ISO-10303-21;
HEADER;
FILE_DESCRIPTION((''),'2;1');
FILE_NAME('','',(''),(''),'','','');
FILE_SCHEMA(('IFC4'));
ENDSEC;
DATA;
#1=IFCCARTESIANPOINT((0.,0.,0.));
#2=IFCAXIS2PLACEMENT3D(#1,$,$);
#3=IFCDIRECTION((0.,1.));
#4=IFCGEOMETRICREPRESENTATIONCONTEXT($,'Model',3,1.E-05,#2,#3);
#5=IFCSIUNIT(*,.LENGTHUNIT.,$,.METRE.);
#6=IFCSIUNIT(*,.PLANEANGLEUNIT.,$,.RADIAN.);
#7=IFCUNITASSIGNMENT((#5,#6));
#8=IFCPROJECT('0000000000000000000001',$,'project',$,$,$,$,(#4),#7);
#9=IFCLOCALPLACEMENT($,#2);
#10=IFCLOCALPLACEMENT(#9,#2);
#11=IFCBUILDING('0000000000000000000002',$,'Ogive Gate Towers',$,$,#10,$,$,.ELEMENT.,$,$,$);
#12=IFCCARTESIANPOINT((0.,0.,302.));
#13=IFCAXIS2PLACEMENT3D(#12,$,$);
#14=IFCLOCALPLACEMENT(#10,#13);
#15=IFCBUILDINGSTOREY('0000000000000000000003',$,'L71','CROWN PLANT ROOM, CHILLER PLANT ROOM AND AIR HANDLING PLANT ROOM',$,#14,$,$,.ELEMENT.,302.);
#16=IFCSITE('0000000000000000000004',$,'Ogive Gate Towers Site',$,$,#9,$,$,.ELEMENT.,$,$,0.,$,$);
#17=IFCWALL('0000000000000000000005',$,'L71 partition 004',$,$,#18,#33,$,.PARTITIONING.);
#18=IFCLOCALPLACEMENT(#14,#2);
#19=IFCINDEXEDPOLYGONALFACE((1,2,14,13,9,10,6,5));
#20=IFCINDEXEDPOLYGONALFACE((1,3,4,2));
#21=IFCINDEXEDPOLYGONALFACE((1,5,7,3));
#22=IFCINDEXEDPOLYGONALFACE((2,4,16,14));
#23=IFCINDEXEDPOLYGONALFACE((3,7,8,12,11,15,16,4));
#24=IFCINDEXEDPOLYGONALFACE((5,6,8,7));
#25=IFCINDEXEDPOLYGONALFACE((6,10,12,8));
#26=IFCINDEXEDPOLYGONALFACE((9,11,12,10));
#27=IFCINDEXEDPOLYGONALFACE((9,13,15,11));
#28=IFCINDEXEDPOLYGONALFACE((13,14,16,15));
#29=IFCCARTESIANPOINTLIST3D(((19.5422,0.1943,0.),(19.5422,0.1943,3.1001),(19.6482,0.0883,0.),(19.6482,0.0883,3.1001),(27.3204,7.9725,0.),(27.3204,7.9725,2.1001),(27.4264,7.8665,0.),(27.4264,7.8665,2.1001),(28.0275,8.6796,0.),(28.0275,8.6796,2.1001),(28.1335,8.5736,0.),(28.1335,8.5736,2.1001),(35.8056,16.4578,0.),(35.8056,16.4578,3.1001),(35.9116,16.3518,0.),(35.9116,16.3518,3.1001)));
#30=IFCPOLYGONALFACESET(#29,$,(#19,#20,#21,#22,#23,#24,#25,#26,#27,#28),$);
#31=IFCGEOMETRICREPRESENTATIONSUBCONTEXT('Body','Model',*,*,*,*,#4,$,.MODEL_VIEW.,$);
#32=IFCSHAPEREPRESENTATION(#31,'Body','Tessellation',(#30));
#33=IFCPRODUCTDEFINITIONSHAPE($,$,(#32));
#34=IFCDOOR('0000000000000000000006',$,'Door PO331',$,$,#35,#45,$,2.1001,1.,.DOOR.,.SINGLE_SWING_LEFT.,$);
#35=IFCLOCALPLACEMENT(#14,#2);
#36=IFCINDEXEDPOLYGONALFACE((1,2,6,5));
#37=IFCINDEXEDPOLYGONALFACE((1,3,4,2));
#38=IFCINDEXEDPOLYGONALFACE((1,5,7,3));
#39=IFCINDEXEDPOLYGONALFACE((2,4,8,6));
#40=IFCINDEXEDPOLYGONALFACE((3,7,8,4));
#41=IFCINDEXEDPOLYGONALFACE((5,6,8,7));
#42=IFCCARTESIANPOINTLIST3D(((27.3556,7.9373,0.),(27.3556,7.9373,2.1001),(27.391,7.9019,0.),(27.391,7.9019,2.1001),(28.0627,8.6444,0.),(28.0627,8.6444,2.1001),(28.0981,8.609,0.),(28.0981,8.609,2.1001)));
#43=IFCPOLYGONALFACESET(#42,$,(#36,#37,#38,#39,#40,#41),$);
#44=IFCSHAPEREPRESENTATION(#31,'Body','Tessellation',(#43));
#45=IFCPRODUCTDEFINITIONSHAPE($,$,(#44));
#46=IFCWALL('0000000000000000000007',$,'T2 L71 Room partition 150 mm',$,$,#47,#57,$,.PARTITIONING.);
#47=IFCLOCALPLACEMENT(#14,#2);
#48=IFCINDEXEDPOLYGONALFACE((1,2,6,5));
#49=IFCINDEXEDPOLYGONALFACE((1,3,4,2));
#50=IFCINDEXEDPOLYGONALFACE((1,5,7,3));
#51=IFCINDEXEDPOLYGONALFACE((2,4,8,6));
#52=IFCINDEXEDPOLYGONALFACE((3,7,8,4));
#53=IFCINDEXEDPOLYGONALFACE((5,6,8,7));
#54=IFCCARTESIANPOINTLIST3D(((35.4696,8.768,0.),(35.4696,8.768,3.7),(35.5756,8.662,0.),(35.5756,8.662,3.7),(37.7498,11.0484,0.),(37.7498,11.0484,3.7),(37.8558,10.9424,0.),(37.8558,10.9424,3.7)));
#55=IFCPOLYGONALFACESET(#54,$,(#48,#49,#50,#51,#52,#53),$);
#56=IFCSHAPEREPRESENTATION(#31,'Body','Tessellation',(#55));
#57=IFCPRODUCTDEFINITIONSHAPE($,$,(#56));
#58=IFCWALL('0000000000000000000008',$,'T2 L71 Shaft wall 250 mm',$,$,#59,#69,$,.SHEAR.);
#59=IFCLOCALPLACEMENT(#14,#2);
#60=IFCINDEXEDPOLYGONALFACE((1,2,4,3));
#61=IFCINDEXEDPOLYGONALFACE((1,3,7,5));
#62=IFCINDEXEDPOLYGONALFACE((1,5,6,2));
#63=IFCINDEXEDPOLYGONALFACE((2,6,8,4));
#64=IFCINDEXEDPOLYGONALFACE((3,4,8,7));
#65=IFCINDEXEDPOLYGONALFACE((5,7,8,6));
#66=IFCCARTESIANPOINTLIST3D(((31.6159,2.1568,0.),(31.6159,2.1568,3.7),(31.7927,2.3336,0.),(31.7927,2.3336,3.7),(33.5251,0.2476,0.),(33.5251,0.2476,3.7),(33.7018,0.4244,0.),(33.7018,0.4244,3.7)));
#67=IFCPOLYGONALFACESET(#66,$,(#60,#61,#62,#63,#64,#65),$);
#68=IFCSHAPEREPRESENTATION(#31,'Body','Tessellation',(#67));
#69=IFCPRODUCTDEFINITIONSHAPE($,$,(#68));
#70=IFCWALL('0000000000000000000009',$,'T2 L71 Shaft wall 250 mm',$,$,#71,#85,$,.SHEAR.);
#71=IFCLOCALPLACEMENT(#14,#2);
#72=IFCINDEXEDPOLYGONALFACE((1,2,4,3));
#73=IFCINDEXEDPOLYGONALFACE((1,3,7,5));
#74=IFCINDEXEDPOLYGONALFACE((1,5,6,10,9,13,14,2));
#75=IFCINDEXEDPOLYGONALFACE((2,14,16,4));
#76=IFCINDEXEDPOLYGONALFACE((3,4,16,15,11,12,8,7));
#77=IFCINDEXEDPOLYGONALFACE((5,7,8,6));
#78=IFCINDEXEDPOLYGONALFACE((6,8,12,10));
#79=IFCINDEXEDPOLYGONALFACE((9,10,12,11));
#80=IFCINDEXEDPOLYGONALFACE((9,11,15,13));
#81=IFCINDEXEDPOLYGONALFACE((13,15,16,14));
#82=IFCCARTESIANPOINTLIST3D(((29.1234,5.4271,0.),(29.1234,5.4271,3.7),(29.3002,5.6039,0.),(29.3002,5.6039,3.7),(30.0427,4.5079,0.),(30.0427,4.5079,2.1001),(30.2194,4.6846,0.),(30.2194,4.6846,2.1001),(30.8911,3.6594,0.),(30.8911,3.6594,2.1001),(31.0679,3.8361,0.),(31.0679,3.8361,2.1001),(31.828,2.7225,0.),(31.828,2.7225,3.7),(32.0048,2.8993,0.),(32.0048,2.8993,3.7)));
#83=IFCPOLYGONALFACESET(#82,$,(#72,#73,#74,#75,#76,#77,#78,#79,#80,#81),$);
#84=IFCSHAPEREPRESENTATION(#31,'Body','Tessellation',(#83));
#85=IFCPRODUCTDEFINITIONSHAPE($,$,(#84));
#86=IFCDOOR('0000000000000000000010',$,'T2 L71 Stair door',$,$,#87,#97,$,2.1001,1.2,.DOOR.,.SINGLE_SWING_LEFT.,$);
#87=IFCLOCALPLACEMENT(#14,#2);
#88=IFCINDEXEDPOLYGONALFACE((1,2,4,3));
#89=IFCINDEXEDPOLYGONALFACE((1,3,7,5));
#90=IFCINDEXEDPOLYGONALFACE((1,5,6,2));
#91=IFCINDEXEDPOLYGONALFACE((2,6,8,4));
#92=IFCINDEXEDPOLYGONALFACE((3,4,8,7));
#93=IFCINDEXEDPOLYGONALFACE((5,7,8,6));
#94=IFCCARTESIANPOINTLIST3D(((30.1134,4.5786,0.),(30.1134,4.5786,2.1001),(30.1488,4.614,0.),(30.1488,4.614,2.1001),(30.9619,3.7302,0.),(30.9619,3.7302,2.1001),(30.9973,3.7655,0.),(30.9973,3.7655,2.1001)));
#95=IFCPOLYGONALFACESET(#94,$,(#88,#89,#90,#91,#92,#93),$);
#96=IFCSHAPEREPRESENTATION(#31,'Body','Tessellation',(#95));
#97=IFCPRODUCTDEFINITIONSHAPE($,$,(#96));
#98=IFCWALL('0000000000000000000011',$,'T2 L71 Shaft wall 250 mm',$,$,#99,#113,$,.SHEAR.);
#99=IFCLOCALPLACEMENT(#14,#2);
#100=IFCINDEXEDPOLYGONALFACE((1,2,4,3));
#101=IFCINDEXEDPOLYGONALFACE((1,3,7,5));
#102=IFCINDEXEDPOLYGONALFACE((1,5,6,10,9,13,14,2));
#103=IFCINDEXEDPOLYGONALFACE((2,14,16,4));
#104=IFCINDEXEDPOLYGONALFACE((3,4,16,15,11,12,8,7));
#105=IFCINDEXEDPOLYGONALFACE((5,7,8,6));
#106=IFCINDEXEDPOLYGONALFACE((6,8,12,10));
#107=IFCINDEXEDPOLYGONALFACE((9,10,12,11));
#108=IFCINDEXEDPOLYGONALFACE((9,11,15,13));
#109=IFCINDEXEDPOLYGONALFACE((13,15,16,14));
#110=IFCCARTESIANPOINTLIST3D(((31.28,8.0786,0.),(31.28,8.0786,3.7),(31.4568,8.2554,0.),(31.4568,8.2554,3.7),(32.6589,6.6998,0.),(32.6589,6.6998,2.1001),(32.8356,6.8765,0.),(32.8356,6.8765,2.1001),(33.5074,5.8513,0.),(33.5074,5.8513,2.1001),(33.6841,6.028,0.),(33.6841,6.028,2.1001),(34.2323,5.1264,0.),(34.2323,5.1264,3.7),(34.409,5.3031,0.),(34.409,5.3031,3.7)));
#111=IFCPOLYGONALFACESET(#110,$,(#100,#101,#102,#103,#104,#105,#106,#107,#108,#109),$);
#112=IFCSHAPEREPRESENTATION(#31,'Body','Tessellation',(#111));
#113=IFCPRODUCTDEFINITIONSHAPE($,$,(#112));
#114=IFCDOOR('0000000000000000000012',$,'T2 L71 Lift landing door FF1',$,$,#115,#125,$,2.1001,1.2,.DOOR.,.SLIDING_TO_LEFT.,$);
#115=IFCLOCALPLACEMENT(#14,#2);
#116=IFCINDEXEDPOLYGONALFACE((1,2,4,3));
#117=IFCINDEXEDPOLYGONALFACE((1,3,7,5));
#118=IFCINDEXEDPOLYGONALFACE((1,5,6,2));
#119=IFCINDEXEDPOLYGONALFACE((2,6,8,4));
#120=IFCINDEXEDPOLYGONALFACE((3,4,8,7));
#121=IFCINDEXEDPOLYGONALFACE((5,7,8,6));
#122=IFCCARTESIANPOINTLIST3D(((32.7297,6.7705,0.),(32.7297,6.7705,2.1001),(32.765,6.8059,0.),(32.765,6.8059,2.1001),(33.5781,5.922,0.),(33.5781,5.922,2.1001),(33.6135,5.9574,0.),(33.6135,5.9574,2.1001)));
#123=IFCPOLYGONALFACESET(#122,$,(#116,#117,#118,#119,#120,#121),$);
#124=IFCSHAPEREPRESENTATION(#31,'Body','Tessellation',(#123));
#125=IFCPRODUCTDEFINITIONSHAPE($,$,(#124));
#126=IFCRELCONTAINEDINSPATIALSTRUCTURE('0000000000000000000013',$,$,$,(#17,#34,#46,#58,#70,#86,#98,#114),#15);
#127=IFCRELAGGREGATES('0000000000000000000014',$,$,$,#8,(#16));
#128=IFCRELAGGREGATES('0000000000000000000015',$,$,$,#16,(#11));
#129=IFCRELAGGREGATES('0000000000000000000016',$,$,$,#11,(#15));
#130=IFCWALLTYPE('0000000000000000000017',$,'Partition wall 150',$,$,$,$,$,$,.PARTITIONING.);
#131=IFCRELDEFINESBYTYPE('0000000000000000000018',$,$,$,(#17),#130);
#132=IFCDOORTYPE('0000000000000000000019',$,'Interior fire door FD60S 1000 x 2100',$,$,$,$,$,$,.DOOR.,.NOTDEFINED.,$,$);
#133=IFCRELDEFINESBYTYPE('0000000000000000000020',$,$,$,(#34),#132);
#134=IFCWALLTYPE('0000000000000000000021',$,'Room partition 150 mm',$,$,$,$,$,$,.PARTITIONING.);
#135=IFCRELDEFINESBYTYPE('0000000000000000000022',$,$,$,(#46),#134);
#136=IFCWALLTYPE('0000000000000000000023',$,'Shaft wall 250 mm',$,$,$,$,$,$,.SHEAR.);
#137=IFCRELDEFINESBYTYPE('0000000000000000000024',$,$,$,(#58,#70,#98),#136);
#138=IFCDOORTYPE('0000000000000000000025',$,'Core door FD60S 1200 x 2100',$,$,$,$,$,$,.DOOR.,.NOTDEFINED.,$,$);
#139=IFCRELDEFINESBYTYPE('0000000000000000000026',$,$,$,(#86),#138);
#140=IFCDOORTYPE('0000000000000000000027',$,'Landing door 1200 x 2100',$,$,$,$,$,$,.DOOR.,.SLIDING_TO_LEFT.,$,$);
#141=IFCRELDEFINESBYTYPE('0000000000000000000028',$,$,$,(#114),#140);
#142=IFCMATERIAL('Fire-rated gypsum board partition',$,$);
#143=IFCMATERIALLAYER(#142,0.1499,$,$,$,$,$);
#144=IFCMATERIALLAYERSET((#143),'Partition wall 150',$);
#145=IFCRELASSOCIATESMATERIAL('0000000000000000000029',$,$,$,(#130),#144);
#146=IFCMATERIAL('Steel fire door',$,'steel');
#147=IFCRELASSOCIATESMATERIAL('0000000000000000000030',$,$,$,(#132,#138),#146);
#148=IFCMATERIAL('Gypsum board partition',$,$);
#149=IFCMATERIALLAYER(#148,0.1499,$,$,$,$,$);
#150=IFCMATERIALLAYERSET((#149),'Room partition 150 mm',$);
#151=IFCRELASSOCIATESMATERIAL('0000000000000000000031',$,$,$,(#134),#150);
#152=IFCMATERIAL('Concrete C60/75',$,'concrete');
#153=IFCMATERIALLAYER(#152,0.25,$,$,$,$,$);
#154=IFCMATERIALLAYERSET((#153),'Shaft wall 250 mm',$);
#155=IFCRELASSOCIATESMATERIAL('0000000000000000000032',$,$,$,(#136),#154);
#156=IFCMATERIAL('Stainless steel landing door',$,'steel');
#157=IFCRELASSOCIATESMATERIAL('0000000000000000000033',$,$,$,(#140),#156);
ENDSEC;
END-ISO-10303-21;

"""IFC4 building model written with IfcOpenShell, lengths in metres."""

from ifc_helpers import new_model, si_unit, direction, frame, frame_2d, origin, place, context, subcontext, project, spatial, rectangle, extrude, material, layer, layer_set, type_object, element, fill, save


model = new_model("IFC4")

# Units and contexts
model_context = context("Model", 3, precision=1e-05, world=origin(), true_north=direction((0.0, 1.0)))
body_context = subcontext(model_context, "Body", "Model", "MODEL_VIEW")
ifc_project = project(units=[si_unit("LENGTHUNIT", "METRE"), si_unit("PLANEANGLEUNIT", "RADIAN")], contexts=[model_context])

# Site, building, storey
site_placement = place(None, origin())
site = spatial("IfcSite", under=ifc_project, at=site_placement, Name="Ogive Gate Towers Site", CompositionType="ELEMENT", RefElevation=0.0)
building_placement = place(site_placement, origin())
building = spatial("IfcBuilding", under=site, at=building_placement, Name="Ogive Gate Towers", CompositionType="ELEMENT")
storey_placement = place(building_placement, frame((0.0, 0.0, 302.0)))
storey = spatial("IfcBuildingStorey", under=building, at=storey_placement, Name="L71", Description="CROWN PLANT ROOM, CHILLER PLANT ROOM AND AIR HANDLING PLANT ROOM", CompositionType="ELEMENT", Elevation=302.0)

# Wall, opening, door
ifc_material_1 = material(Name="Fire-rated gypsum board partition")
ifc_layer_1 = layer(ifc_material_1, 0.1499)
ifc_layer_set_1 = layer_set([ifc_layer_1], Name="Partition wall 150")
wall_type_1 = type_object("IfcWallType", Name="Partition wall 150", PredefinedType="PARTITIONING", material=ifc_layer_set_1)
wall_1_placement = place(storey_placement, frame((35.8586, 16.4048, 0.0), z_axis=(0.0, 0.0, 1.0), x_axis=(-0.707107, -0.707107, 0.0)))
wall_1 = element("IfcWall", 1, at=wall_1_placement, inside=storey, type_object=wall_type_1, Name="L71 partition 004", PredefinedType="PARTITIONING", context=body_context, shape_type="SweptSolid", body=[
    extrude(rectangle(XDim=23.0, YDim=0.1499, at=frame_2d((11.5, 0.0))), origin(), (0.0, 0.0, 1.0), 3.1001),
])
opening_1_placement = place(wall_1_placement, frame((11.0, 0.0, 0.0)))
opening_1 = element("IfcOpeningElement", 2, at=opening_1_placement, cuts=wall_1, PredefinedType="OPENING", context=body_context, shape_type="SweptSolid", body=[
    extrude(rectangle(XDim=1.0, YDim=2.1001, at=frame_2d((0.5, 1.05))), frame((0.0, 0.085, 0.0), z_axis=(0.0, -1.0, 0.0), x_axis=(1.0, 0.0, 0.0)), (0.0, 0.0, 1.0), 0.1699),
])
ifc_material_2 = material(Name="Steel fire door", Category="steel")
door_type_1 = type_object("IfcDoorType", Name="Interior fire door FD60S 1000 x 2100", OperationType="NOTDEFINED", PredefinedType="DOOR", material=ifc_material_2)
door_1_placement = place(opening_1_placement, origin())
door_1 = element("IfcDoor", 3, at=door_1_placement, inside=storey, type_object=door_type_1, Name="Door PO331", OperationType="SINGLE_SWING_LEFT", OverallHeight=2.1001, OverallWidth=1.0, PredefinedType="DOOR", context=body_context, shape_type="SweptSolid", body=[
    extrude(rectangle(XDim=1.0, YDim=2.1001, at=frame_2d((0.5, 1.05))), frame((0.0, 0.0249, 0.0), z_axis=(0.0, -1.0, 0.0), x_axis=(1.0, 0.0, 0.0)), (0.0, 0.0, 1.0), 0.05),
])
fill(opening_1, door_1)

# Walls
ifc_material_3 = material(Name="Gypsum board partition")
ifc_layer_2 = layer(ifc_material_3, 0.1499)
ifc_layer_set_2 = layer_set([ifc_layer_2], Name="Room partition 150 mm")
wall_type_2 = type_object("IfcWallType", Name="Room partition 150 mm", PredefinedType="PARTITIONING", material=ifc_layer_set_2)
wall_2_placement = place(storey_placement, frame((35.5227, 8.7151, 0.0), z_axis=(0.0, 0.0, 1.0), x_axis=(0.707069, 0.707145, 0.0)))
element("IfcWall", 4, at=wall_2_placement, inside=storey, type_object=wall_type_2, Name="T2 L71 Room partition 150 mm", PredefinedType="PARTITIONING", context=body_context, shape_type="SweptSolid", body=[
    extrude(rectangle(XDim=3.2249, YDim=0.1499, at=frame_2d((1.6123, 0.0))), origin(), (0.0, 0.0, 1.0), 3.7),
])
ifc_material_4 = material(Name="Concrete C60/75", Category="concrete")
ifc_layer_3 = layer(ifc_material_4, 0.25)
ifc_layer_set_3 = layer_set([ifc_layer_3], Name="Shaft wall 250 mm")
wall_type_3 = type_object("IfcWallType", Name="Shaft wall 250 mm", PredefinedType="SHEAR", material=ifc_layer_set_3)
wall_3_placement = place(storey_placement, frame((33.6135, 0.3359, 0.0), z_axis=(0.0, 0.0, 1.0), x_axis=(-0.707107, 0.707107, 0.0)))
element("IfcWall", 5, at=wall_3_placement, inside=storey, type_object=wall_type_3, Name="T2 L71 Shaft wall 250 mm", PredefinedType="SHEAR", context=body_context, shape_type="SweptSolid", body=[
    extrude(rectangle(XDim=2.7, YDim=0.25, at=frame_2d((1.3501, 0.0))), origin(), (0.0, 0.0, 1.0), 3.7),
])

# Walls, openings, doors
wall_4_placement = place(storey_placement, frame((31.9165, 2.8108, 0.0), z_axis=(0.0, 0.0, 1.0), x_axis=(-0.707107, 0.707107, 0.0)))
wall_4 = element("IfcWall", 6, at=wall_4_placement, inside=storey, type_object=wall_type_3, Name="T2 L71 Shaft wall 250 mm", PredefinedType="SHEAR", context=body_context, shape_type="SweptSolid", body=[
    extrude(rectangle(XDim=3.825, YDim=0.25, at=frame_2d((1.9126, 0.0))), origin(), (0.0, 0.0, 1.0), 3.7),
])
opening_2_placement = place(wall_4_placement, frame((1.325, 0.0, 0.0)))
opening_2 = element("IfcOpeningElement", 7, at=opening_2_placement, cuts=wall_4, PredefinedType="OPENING", context=body_context, shape_type="SweptSolid", body=[
    extrude(rectangle(XDim=1.2, YDim=2.1001, at=frame_2d((0.6001, 1.05))), frame((0.0, 0.135, 0.0), z_axis=(0.0, -1.0, 0.0), x_axis=(1.0, 0.0, 0.0)), (0.0, 0.0, 1.0), 0.27),
])
door_type_2 = type_object("IfcDoorType", Name="Core door FD60S 1200 x 2100", OperationType="NOTDEFINED", PredefinedType="DOOR", material=ifc_material_2)
door_2_placement = place(opening_2_placement, origin())
door_2 = element("IfcDoor", 8, at=door_2_placement, inside=storey, type_object=door_type_2, Name="T2 L71 Stair door", OperationType="SINGLE_SWING_LEFT", OverallHeight=2.1001, OverallWidth=1.2, PredefinedType="DOOR", context=body_context, shape_type="SweptSolid", body=[
    extrude(rectangle(XDim=1.2, YDim=2.1001, at=frame_2d((0.6001, 1.05))), frame((0.0, 0.0249, 0.0), z_axis=(0.0, -1.0, 0.0), x_axis=(1.0, 0.0, 0.0)), (0.0, 0.0, 1.0), 0.05),
])
fill(opening_2, door_2)
wall_5_placement = place(storey_placement, frame((34.3206, 5.2148, 0.0), z_axis=(0.0, 0.0, 1.0), x_axis=(-0.707107, 0.707107, 0.0)))
wall_5 = element("IfcWall", 9, at=wall_5_placement, inside=storey, type_object=wall_type_3, Name="T2 L71 Shaft wall 250 mm", PredefinedType="SHEAR", context=body_context, shape_type="SweptSolid", body=[
    extrude(rectangle(XDim=4.175, YDim=0.25, at=frame_2d((2.0874, 0.0))), origin(), (0.0, 0.0, 1.0), 3.7),
])
opening_3_placement = place(wall_5_placement, frame((1.0249, 0.0, 0.0)))
opening_3 = element("IfcOpeningElement", 10, at=opening_3_placement, cuts=wall_5, PredefinedType="OPENING", context=body_context, shape_type="SweptSolid", body=[
    extrude(rectangle(XDim=1.2, YDim=2.1001, at=frame_2d((0.6001, 1.05))), frame((0.0, 0.135, 0.0), z_axis=(0.0, -1.0, 0.0), x_axis=(1.0, 0.0, 0.0)), (0.0, 0.0, 1.0), 0.27),
])
ifc_material_5 = material(Name="Stainless steel landing door", Category="steel")
door_type_3 = type_object("IfcDoorType", Name="Landing door 1200 x 2100", OperationType="SLIDING_TO_LEFT", PredefinedType="DOOR", material=ifc_material_5)
door_3_placement = place(opening_3_placement, origin())
door_3 = element("IfcDoor", 11, at=door_3_placement, inside=storey, type_object=door_type_3, Name="T2 L71 Lift landing door FF1", OperationType="SLIDING_TO_LEFT", OverallHeight=2.1001, OverallWidth=1.2, PredefinedType="DOOR", context=body_context, shape_type="SweptSolid", body=[
    extrude(rectangle(XDim=1.2, YDim=2.1001, at=frame_2d((0.6001, 1.05))), frame((0.0, 0.0249, 0.0), z_axis=(0.0, -1.0, 0.0), x_axis=(1.0, 0.0, 0.0)), (0.0, 0.0, 1.0), 0.05),
])
fill(opening_3, door_3)

save(model, "model.ifc")
